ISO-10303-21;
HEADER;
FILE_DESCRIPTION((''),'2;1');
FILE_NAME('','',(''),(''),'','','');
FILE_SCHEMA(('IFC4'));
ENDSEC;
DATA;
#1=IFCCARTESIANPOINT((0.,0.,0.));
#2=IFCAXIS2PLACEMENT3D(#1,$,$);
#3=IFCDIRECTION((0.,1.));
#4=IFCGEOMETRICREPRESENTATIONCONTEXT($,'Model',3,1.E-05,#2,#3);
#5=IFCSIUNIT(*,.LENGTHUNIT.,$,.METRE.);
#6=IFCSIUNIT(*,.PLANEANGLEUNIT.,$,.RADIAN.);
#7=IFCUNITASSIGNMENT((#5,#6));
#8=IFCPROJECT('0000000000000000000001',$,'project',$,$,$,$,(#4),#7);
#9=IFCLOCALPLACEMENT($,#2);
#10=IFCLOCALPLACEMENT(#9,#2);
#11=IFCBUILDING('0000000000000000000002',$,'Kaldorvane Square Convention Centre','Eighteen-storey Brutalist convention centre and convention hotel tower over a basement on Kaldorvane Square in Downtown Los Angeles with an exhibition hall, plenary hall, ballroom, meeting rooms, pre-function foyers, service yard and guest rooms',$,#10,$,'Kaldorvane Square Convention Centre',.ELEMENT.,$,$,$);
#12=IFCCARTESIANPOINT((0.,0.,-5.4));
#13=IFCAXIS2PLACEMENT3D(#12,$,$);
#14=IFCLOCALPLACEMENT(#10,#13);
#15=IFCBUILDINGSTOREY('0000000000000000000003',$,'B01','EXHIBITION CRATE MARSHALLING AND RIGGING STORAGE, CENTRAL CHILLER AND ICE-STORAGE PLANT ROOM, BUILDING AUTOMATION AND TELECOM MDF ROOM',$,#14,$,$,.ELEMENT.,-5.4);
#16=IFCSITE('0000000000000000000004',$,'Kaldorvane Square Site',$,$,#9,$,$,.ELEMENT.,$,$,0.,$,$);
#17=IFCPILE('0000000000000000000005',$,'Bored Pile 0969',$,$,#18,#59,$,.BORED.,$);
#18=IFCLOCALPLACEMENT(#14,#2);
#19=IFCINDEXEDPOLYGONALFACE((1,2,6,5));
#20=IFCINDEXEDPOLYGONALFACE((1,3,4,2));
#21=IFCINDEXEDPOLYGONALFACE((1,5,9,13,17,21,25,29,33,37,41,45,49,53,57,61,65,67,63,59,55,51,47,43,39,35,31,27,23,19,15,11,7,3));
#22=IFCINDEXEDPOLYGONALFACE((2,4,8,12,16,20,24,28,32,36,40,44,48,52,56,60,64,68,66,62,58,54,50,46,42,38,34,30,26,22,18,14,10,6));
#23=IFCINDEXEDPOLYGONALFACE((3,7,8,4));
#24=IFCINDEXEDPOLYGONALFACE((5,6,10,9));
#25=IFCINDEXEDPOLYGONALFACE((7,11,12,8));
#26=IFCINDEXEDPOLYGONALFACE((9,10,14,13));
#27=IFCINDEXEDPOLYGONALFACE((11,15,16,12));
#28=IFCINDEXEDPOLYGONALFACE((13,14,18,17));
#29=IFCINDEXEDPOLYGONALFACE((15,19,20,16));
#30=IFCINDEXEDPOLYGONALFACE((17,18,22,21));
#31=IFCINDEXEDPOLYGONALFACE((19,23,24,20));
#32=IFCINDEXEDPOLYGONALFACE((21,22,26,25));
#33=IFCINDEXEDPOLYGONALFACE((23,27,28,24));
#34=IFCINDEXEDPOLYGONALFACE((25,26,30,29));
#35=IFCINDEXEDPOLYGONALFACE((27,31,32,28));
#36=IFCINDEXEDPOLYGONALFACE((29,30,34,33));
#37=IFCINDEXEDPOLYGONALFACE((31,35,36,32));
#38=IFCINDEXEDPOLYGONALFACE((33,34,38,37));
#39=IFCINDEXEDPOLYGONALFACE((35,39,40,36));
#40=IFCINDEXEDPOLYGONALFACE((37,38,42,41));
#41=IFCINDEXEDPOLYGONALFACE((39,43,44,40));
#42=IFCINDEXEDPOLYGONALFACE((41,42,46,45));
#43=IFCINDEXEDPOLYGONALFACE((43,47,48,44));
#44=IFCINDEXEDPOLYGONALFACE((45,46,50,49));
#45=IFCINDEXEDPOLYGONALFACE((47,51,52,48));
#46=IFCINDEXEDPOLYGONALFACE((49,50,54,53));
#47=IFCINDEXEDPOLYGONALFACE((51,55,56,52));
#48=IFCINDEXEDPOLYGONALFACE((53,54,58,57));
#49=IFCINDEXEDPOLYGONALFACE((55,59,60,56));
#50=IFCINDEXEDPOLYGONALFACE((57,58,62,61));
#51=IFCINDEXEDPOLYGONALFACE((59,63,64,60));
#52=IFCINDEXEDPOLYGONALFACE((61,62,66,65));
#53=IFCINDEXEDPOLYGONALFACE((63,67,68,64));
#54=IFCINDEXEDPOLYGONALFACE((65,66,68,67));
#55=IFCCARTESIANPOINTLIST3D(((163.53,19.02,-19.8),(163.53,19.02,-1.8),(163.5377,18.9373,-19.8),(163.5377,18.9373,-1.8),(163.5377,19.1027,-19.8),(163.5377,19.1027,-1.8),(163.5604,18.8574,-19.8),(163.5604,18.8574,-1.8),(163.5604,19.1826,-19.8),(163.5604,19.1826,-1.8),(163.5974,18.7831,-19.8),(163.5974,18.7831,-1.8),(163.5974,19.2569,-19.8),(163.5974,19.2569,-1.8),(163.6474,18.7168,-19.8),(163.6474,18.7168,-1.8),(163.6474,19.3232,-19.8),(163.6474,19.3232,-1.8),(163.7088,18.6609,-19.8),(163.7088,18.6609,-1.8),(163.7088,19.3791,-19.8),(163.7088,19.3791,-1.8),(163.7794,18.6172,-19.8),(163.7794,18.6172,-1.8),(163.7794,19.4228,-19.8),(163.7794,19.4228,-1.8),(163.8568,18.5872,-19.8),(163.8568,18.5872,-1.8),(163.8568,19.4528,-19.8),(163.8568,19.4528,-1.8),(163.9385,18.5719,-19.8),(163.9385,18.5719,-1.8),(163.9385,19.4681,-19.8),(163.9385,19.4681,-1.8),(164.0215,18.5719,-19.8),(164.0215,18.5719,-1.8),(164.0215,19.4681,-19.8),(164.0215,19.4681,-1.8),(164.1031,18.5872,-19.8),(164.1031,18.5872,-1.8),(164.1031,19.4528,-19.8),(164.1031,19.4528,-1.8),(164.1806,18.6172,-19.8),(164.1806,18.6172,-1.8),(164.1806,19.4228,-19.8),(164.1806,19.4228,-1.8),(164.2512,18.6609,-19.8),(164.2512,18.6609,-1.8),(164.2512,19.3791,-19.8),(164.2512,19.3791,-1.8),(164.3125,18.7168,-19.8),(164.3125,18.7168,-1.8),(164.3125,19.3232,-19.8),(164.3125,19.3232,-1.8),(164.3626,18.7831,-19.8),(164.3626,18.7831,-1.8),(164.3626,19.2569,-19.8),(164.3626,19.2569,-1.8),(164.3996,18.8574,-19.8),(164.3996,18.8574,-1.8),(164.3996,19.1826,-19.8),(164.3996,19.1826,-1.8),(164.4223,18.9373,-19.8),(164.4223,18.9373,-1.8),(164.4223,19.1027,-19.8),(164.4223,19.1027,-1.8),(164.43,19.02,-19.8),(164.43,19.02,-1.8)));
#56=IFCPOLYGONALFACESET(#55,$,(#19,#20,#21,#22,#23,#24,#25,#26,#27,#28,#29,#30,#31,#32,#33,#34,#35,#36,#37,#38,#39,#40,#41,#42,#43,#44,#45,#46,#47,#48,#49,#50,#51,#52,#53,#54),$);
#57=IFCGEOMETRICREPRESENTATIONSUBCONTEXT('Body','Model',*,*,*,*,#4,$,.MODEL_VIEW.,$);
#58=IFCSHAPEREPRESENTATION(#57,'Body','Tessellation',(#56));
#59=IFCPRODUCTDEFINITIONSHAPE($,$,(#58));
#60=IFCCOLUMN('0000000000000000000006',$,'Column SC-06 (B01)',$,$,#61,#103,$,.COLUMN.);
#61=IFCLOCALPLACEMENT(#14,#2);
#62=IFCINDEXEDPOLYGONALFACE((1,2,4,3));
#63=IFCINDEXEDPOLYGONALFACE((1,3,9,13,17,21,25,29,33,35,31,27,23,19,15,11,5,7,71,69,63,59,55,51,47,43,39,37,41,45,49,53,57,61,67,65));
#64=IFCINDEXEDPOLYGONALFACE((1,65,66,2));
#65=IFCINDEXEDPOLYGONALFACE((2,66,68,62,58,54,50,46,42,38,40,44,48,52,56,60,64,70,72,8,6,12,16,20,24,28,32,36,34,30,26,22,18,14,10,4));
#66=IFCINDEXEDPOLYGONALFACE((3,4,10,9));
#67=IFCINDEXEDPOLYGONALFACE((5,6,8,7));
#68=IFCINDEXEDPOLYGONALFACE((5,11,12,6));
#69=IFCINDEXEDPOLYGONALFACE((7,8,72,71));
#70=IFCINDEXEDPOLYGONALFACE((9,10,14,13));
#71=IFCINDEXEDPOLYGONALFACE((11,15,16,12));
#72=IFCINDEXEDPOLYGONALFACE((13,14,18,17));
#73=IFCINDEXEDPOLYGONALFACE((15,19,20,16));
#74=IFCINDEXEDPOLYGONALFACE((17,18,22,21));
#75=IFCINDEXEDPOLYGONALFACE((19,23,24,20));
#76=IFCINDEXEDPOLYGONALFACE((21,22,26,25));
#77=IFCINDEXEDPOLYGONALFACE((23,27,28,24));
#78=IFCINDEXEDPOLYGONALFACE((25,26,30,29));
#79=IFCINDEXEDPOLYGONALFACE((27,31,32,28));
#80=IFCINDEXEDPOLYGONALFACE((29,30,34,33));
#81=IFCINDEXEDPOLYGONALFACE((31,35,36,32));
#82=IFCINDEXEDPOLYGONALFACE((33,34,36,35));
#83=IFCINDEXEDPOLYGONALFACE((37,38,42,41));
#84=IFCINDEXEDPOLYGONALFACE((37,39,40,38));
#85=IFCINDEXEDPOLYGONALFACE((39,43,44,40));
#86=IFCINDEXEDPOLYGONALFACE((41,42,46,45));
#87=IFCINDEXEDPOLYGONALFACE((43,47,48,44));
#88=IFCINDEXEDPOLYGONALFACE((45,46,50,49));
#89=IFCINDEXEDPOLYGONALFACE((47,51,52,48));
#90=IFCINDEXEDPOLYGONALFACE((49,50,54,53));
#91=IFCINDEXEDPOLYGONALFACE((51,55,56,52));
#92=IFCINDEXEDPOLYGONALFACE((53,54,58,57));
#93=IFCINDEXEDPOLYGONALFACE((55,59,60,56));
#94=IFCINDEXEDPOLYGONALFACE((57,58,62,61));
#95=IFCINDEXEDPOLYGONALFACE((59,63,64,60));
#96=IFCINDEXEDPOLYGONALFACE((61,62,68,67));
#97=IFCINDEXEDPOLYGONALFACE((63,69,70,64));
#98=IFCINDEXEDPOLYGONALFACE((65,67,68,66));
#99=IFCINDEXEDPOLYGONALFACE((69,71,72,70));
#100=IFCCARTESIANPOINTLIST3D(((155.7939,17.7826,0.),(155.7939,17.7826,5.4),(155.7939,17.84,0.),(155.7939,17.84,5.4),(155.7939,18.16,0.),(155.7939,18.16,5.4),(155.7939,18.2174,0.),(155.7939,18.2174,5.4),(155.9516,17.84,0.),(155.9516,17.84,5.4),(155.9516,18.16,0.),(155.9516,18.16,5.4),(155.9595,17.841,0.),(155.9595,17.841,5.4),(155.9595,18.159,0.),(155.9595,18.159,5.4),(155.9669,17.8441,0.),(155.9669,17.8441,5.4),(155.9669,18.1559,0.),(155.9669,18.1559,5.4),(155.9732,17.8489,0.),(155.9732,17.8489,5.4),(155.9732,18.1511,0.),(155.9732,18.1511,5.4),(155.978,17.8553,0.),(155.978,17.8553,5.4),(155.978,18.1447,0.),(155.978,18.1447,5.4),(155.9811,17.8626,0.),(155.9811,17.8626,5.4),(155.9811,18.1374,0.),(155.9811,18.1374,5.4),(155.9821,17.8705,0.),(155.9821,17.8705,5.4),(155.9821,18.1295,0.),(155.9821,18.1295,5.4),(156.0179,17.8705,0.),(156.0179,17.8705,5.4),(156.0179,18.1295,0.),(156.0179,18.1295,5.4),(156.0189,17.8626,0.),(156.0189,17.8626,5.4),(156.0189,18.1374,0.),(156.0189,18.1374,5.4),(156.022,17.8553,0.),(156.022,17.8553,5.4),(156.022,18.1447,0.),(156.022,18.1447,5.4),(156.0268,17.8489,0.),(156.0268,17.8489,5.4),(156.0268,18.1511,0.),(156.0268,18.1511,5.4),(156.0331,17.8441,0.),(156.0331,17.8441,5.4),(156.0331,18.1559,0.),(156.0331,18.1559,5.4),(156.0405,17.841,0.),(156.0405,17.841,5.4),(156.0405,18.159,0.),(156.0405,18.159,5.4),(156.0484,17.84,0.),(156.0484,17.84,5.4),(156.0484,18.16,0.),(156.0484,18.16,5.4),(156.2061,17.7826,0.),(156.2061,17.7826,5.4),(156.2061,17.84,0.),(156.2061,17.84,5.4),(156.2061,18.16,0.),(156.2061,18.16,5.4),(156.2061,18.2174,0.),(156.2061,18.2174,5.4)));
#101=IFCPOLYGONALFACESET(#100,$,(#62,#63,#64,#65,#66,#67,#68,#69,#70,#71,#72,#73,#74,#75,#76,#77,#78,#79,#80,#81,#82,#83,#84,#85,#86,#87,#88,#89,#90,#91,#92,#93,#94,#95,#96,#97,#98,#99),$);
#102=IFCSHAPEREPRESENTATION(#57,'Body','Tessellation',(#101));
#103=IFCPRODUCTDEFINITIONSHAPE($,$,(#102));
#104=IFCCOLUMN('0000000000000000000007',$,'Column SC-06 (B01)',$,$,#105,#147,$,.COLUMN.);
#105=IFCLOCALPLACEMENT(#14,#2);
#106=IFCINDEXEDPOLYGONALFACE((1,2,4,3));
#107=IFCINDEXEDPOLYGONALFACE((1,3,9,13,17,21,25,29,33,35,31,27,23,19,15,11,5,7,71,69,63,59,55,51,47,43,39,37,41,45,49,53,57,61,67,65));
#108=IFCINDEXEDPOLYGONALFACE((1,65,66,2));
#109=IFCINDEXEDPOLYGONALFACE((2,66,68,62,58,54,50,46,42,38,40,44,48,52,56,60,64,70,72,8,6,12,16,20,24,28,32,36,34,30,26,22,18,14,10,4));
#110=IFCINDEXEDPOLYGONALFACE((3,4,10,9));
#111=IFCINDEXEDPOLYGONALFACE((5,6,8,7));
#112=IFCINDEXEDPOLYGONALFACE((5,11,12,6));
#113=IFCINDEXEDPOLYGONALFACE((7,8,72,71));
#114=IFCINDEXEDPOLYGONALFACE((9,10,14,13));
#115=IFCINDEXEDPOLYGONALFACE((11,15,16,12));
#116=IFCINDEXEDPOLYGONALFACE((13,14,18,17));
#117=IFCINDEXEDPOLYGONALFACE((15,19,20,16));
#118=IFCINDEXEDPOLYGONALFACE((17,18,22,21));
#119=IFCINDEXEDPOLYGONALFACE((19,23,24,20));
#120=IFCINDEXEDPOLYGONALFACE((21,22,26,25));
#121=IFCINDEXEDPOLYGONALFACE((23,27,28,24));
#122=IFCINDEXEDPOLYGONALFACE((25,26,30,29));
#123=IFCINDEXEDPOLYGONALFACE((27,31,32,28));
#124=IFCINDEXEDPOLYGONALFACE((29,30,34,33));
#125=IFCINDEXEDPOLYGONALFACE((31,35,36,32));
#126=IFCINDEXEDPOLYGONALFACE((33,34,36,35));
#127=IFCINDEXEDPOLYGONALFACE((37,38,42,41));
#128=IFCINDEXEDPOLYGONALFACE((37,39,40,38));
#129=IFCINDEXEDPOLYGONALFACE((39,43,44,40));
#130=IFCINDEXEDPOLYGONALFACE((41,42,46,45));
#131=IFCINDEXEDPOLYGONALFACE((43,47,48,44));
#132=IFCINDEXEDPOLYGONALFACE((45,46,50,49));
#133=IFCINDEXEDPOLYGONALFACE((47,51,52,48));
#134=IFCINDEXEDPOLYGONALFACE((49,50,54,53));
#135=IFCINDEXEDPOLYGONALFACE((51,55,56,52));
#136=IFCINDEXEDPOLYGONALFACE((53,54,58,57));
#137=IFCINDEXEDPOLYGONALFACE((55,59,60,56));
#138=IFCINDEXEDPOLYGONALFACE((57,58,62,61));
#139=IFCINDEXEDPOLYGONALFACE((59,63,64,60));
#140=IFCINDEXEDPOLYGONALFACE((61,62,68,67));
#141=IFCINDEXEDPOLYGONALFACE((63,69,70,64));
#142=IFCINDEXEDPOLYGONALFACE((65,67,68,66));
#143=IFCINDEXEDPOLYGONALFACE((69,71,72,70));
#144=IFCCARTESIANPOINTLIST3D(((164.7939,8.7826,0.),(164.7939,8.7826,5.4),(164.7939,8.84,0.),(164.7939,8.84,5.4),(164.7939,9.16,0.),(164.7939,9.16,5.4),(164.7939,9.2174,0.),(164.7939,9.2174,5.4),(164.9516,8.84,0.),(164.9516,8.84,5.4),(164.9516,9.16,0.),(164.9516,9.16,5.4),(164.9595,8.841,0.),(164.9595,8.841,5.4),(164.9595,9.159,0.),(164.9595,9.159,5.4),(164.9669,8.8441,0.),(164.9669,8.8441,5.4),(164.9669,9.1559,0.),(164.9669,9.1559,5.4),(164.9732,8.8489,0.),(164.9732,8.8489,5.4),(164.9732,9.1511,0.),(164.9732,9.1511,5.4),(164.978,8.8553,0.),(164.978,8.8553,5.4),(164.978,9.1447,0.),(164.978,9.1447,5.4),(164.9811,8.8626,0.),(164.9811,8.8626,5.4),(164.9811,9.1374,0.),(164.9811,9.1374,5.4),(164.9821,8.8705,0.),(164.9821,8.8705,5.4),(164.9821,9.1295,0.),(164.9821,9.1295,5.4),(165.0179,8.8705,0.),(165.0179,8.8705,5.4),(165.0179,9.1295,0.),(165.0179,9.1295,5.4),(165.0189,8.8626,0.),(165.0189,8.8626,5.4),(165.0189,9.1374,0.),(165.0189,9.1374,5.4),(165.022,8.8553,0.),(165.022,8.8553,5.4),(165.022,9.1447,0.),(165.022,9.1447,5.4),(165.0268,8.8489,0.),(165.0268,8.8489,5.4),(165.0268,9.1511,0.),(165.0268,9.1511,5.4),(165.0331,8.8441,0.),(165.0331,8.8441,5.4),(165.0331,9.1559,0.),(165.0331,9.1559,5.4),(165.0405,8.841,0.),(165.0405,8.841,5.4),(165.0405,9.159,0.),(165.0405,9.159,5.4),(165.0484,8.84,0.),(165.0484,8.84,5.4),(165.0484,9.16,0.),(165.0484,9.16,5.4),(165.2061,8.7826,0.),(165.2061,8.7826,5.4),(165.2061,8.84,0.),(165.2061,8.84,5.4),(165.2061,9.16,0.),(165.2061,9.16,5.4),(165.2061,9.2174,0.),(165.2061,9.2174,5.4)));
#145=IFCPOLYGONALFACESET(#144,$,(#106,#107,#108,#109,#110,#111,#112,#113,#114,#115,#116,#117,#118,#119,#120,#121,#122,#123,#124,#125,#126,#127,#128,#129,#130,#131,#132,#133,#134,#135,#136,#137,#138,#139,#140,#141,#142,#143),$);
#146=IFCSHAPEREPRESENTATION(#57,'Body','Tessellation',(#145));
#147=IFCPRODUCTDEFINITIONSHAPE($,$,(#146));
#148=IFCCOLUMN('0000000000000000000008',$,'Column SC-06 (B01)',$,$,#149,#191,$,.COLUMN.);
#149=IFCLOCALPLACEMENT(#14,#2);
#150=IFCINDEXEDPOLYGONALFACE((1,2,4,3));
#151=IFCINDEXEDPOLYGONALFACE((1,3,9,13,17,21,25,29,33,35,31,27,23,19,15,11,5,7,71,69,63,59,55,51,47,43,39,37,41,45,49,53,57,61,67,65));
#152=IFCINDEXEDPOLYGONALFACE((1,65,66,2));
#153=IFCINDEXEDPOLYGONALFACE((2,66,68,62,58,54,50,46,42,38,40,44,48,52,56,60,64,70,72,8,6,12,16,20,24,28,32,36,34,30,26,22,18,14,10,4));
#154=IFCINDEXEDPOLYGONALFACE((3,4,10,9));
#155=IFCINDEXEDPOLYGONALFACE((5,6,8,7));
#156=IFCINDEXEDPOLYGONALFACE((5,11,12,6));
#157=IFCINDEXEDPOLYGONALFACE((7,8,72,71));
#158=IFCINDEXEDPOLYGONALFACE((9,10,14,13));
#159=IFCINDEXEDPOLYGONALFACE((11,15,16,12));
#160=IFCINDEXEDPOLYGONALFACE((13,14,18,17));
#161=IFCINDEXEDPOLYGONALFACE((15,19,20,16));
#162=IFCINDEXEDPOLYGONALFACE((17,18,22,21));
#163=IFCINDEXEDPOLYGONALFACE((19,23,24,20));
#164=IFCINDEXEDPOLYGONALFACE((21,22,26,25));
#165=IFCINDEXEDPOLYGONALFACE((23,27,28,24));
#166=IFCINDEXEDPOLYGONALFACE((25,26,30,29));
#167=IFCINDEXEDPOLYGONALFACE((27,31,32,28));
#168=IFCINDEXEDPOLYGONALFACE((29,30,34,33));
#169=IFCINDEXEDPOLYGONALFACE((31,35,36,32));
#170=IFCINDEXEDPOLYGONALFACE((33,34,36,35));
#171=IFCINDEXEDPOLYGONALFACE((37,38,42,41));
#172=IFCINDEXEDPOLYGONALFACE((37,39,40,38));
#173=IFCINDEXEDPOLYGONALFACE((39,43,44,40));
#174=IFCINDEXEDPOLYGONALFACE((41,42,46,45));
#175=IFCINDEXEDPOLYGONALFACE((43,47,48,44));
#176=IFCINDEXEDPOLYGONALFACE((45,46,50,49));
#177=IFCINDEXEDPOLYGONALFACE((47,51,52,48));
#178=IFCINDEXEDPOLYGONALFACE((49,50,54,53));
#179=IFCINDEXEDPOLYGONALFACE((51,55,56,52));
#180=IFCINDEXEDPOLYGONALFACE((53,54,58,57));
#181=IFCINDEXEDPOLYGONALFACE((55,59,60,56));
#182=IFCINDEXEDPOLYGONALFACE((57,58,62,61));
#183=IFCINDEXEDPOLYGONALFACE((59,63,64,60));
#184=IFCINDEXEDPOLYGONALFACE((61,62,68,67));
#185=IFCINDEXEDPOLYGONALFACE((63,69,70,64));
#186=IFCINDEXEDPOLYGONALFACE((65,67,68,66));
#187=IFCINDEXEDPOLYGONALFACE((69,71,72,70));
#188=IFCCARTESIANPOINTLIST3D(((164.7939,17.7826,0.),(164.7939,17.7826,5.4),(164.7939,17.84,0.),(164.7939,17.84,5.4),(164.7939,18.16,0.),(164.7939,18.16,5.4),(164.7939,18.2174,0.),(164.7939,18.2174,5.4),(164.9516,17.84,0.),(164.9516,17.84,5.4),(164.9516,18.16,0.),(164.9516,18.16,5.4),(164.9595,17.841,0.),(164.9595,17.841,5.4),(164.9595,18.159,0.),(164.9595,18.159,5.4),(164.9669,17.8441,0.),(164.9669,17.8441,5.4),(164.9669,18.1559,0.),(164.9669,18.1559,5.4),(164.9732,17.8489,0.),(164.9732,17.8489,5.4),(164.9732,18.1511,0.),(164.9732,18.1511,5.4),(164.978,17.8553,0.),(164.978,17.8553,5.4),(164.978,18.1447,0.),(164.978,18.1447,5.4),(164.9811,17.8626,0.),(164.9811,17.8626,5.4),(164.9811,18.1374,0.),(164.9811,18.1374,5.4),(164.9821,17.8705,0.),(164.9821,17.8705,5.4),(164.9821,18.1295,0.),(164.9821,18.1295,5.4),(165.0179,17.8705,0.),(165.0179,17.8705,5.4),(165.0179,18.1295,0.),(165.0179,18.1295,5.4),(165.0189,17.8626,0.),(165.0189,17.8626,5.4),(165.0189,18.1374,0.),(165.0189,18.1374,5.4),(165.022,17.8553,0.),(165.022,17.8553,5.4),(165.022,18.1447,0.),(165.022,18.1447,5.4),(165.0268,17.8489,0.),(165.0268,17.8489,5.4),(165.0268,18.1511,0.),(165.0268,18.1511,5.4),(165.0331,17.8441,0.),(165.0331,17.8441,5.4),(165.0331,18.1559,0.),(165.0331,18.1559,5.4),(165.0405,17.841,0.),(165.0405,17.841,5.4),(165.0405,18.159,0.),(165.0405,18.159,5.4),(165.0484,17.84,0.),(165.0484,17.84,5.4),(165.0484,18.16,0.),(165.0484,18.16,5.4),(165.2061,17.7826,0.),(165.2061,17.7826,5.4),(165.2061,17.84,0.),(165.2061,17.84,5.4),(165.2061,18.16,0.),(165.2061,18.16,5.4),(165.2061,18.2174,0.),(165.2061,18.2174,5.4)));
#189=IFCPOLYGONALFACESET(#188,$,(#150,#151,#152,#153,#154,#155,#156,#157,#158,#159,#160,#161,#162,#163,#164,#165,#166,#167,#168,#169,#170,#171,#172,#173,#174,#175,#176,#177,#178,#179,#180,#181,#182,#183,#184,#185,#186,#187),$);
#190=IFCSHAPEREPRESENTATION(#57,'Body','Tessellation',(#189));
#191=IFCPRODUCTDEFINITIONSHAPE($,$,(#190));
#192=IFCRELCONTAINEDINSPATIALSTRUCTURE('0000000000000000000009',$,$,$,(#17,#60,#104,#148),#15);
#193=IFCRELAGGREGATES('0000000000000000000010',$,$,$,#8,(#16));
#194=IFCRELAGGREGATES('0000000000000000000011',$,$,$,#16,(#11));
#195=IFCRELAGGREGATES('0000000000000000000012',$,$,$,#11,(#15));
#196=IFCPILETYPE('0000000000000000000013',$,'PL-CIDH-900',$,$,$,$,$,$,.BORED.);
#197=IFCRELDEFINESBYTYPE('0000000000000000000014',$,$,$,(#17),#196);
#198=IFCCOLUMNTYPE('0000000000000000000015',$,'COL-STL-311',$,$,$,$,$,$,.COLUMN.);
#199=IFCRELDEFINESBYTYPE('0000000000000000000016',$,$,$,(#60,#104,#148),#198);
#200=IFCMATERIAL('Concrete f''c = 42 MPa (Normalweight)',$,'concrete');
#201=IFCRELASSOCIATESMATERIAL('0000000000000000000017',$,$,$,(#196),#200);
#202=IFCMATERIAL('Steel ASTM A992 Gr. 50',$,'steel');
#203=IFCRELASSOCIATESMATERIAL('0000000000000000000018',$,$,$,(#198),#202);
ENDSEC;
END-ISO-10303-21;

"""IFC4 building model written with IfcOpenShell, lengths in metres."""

from ifc_helpers import new_model, si_unit, direction, frame, origin, origin_2d, place, context, subcontext, project, spatial, circle, i_section, extrude, material, material_profile, profile_set, type_object, element, save


model = new_model("IFC4")

# Units and contexts
model_context = context("Model", 3, precision=1e-05, world=origin(), true_north=direction((0.0, 1.0)))
body_context = subcontext(model_context, "Body", "Model", "MODEL_VIEW")
ifc_project = project(units=[si_unit("LENGTHUNIT", "METRE"), si_unit("PLANEANGLEUNIT", "RADIAN")], contexts=[model_context])

# Site, building, storey
site_placement = place(None, origin())
site = spatial("IfcSite", under=ifc_project, at=site_placement, Name="Kaldorvane Square Site", CompositionType="ELEMENT", RefElevation=0.0)
building_placement = place(site_placement, origin())
building = spatial("IfcBuilding", under=site, at=building_placement, Name="Kaldorvane Square Convention Centre", Description="Eighteen-storey Brutalist convention centre and convention hotel tower over a basement on Kaldorvane Square in Downtown Los Angeles with an exhibition hall, plenary hall, ballroom, meeting rooms, pre-function foyers, service yard and guest rooms", LongName="Kaldorvane Square Convention Centre", CompositionType="ELEMENT")
storey_placement = place(building_placement, frame((0.0, 0.0, -5.4)))
storey = spatial("IfcBuildingStorey", under=building, at=storey_placement, Name="B01", Description="EXHIBITION CRATE MARSHALLING AND RIGGING STORAGE, CENTRAL CHILLER AND ICE-STORAGE PLANT ROOM, BUILDING AUTOMATION AND TELECOM MDF ROOM", CompositionType="ELEMENT", Elevation=-5.4)

# Shared definitions
ifc_material_1 = material(Name="Concrete f'c = 42 MPa (Normalweight)", Category="concrete")

# Pile
ifc_material_profile_1 = material_profile(ifc_material_1, circle(Radius=0.45, at=origin_2d()), Name="PILE-D900")
ifc_profile_set_1 = profile_set([ifc_material_profile_1], Name="Concrete f'c = 42 MPa (Normalweight)")
pile_type = type_object("IfcPileType", Name="PL-CIDH-900", PredefinedType="BORED", material=ifc_profile_set_1)
for number, where, z_axis, x_axis, name in (
    (1, (163.98, 19.02, -1.8), (0.0, 0.0, -1.0), (1.0, 0.0, 0.0), "Bored Pile 0969"),
):
    element("IfcPile", number, at=place(storey_placement, frame(where, z_axis=z_axis, x_axis=x_axis)), inside=storey, type_object=pile_type, Name=name, PredefinedType="BORED", context=body_context, shape_type="SweptSolid", body=[
        extrude(circle(Radius=0.45, at=origin_2d()), origin(), (0.0, 0.0, 1.0), 18.0),
    ])

# Columns
ifc_material_2 = material(Name="Steel ASTM A992 Gr. 50", Category="steel")
ifc_material_profile_2 = material_profile(ifc_material_2, i_section(OverallWidth=0.4122, OverallDepth=0.4348, WebThickness=0.0358, FlangeThickness=0.0574, FilletRadius=0.0305, at=origin_2d()), Name="W14X311")
ifc_profile_set_2 = profile_set([ifc_material_profile_2], Name="Steel ASTM A992 Gr. 50")
column_type = type_object("IfcColumnType", Name="COL-STL-311", PredefinedType="COLUMN", material=ifc_profile_set_2)
for number, where, z_axis, x_axis, name in (
    (2, (156.0, 18.0, 0.0), (0.0, 0.0, 1.0), (1.0, 0.0, 0.0), "Column SC-06 (B01)"),
    (3, (165.0, 9.0, 0.0), (0.0, 0.0, 1.0), (1.0, 0.0, 0.0), "Column SC-06 (B01)"),
    (4, (165.0, 18.0, 0.0), (0.0, 0.0, 1.0), (1.0, 0.0, 0.0), "Column SC-06 (B01)"),
):
    element("IfcColumn", number, at=place(storey_placement, frame(where, z_axis=z_axis, x_axis=x_axis)), inside=storey, type_object=column_type, Name=name, PredefinedType="COLUMN", context=body_context, shape_type="SweptSolid", body=[
        extrude(i_section(OverallWidth=0.4122, OverallDepth=0.4348, WebThickness=0.0358, FlangeThickness=0.0574, FilletRadius=0.0305, at=origin_2d()), origin(), (0.0, 0.0, 1.0), 5.4),
    ])

save(model, "model.ifc")
